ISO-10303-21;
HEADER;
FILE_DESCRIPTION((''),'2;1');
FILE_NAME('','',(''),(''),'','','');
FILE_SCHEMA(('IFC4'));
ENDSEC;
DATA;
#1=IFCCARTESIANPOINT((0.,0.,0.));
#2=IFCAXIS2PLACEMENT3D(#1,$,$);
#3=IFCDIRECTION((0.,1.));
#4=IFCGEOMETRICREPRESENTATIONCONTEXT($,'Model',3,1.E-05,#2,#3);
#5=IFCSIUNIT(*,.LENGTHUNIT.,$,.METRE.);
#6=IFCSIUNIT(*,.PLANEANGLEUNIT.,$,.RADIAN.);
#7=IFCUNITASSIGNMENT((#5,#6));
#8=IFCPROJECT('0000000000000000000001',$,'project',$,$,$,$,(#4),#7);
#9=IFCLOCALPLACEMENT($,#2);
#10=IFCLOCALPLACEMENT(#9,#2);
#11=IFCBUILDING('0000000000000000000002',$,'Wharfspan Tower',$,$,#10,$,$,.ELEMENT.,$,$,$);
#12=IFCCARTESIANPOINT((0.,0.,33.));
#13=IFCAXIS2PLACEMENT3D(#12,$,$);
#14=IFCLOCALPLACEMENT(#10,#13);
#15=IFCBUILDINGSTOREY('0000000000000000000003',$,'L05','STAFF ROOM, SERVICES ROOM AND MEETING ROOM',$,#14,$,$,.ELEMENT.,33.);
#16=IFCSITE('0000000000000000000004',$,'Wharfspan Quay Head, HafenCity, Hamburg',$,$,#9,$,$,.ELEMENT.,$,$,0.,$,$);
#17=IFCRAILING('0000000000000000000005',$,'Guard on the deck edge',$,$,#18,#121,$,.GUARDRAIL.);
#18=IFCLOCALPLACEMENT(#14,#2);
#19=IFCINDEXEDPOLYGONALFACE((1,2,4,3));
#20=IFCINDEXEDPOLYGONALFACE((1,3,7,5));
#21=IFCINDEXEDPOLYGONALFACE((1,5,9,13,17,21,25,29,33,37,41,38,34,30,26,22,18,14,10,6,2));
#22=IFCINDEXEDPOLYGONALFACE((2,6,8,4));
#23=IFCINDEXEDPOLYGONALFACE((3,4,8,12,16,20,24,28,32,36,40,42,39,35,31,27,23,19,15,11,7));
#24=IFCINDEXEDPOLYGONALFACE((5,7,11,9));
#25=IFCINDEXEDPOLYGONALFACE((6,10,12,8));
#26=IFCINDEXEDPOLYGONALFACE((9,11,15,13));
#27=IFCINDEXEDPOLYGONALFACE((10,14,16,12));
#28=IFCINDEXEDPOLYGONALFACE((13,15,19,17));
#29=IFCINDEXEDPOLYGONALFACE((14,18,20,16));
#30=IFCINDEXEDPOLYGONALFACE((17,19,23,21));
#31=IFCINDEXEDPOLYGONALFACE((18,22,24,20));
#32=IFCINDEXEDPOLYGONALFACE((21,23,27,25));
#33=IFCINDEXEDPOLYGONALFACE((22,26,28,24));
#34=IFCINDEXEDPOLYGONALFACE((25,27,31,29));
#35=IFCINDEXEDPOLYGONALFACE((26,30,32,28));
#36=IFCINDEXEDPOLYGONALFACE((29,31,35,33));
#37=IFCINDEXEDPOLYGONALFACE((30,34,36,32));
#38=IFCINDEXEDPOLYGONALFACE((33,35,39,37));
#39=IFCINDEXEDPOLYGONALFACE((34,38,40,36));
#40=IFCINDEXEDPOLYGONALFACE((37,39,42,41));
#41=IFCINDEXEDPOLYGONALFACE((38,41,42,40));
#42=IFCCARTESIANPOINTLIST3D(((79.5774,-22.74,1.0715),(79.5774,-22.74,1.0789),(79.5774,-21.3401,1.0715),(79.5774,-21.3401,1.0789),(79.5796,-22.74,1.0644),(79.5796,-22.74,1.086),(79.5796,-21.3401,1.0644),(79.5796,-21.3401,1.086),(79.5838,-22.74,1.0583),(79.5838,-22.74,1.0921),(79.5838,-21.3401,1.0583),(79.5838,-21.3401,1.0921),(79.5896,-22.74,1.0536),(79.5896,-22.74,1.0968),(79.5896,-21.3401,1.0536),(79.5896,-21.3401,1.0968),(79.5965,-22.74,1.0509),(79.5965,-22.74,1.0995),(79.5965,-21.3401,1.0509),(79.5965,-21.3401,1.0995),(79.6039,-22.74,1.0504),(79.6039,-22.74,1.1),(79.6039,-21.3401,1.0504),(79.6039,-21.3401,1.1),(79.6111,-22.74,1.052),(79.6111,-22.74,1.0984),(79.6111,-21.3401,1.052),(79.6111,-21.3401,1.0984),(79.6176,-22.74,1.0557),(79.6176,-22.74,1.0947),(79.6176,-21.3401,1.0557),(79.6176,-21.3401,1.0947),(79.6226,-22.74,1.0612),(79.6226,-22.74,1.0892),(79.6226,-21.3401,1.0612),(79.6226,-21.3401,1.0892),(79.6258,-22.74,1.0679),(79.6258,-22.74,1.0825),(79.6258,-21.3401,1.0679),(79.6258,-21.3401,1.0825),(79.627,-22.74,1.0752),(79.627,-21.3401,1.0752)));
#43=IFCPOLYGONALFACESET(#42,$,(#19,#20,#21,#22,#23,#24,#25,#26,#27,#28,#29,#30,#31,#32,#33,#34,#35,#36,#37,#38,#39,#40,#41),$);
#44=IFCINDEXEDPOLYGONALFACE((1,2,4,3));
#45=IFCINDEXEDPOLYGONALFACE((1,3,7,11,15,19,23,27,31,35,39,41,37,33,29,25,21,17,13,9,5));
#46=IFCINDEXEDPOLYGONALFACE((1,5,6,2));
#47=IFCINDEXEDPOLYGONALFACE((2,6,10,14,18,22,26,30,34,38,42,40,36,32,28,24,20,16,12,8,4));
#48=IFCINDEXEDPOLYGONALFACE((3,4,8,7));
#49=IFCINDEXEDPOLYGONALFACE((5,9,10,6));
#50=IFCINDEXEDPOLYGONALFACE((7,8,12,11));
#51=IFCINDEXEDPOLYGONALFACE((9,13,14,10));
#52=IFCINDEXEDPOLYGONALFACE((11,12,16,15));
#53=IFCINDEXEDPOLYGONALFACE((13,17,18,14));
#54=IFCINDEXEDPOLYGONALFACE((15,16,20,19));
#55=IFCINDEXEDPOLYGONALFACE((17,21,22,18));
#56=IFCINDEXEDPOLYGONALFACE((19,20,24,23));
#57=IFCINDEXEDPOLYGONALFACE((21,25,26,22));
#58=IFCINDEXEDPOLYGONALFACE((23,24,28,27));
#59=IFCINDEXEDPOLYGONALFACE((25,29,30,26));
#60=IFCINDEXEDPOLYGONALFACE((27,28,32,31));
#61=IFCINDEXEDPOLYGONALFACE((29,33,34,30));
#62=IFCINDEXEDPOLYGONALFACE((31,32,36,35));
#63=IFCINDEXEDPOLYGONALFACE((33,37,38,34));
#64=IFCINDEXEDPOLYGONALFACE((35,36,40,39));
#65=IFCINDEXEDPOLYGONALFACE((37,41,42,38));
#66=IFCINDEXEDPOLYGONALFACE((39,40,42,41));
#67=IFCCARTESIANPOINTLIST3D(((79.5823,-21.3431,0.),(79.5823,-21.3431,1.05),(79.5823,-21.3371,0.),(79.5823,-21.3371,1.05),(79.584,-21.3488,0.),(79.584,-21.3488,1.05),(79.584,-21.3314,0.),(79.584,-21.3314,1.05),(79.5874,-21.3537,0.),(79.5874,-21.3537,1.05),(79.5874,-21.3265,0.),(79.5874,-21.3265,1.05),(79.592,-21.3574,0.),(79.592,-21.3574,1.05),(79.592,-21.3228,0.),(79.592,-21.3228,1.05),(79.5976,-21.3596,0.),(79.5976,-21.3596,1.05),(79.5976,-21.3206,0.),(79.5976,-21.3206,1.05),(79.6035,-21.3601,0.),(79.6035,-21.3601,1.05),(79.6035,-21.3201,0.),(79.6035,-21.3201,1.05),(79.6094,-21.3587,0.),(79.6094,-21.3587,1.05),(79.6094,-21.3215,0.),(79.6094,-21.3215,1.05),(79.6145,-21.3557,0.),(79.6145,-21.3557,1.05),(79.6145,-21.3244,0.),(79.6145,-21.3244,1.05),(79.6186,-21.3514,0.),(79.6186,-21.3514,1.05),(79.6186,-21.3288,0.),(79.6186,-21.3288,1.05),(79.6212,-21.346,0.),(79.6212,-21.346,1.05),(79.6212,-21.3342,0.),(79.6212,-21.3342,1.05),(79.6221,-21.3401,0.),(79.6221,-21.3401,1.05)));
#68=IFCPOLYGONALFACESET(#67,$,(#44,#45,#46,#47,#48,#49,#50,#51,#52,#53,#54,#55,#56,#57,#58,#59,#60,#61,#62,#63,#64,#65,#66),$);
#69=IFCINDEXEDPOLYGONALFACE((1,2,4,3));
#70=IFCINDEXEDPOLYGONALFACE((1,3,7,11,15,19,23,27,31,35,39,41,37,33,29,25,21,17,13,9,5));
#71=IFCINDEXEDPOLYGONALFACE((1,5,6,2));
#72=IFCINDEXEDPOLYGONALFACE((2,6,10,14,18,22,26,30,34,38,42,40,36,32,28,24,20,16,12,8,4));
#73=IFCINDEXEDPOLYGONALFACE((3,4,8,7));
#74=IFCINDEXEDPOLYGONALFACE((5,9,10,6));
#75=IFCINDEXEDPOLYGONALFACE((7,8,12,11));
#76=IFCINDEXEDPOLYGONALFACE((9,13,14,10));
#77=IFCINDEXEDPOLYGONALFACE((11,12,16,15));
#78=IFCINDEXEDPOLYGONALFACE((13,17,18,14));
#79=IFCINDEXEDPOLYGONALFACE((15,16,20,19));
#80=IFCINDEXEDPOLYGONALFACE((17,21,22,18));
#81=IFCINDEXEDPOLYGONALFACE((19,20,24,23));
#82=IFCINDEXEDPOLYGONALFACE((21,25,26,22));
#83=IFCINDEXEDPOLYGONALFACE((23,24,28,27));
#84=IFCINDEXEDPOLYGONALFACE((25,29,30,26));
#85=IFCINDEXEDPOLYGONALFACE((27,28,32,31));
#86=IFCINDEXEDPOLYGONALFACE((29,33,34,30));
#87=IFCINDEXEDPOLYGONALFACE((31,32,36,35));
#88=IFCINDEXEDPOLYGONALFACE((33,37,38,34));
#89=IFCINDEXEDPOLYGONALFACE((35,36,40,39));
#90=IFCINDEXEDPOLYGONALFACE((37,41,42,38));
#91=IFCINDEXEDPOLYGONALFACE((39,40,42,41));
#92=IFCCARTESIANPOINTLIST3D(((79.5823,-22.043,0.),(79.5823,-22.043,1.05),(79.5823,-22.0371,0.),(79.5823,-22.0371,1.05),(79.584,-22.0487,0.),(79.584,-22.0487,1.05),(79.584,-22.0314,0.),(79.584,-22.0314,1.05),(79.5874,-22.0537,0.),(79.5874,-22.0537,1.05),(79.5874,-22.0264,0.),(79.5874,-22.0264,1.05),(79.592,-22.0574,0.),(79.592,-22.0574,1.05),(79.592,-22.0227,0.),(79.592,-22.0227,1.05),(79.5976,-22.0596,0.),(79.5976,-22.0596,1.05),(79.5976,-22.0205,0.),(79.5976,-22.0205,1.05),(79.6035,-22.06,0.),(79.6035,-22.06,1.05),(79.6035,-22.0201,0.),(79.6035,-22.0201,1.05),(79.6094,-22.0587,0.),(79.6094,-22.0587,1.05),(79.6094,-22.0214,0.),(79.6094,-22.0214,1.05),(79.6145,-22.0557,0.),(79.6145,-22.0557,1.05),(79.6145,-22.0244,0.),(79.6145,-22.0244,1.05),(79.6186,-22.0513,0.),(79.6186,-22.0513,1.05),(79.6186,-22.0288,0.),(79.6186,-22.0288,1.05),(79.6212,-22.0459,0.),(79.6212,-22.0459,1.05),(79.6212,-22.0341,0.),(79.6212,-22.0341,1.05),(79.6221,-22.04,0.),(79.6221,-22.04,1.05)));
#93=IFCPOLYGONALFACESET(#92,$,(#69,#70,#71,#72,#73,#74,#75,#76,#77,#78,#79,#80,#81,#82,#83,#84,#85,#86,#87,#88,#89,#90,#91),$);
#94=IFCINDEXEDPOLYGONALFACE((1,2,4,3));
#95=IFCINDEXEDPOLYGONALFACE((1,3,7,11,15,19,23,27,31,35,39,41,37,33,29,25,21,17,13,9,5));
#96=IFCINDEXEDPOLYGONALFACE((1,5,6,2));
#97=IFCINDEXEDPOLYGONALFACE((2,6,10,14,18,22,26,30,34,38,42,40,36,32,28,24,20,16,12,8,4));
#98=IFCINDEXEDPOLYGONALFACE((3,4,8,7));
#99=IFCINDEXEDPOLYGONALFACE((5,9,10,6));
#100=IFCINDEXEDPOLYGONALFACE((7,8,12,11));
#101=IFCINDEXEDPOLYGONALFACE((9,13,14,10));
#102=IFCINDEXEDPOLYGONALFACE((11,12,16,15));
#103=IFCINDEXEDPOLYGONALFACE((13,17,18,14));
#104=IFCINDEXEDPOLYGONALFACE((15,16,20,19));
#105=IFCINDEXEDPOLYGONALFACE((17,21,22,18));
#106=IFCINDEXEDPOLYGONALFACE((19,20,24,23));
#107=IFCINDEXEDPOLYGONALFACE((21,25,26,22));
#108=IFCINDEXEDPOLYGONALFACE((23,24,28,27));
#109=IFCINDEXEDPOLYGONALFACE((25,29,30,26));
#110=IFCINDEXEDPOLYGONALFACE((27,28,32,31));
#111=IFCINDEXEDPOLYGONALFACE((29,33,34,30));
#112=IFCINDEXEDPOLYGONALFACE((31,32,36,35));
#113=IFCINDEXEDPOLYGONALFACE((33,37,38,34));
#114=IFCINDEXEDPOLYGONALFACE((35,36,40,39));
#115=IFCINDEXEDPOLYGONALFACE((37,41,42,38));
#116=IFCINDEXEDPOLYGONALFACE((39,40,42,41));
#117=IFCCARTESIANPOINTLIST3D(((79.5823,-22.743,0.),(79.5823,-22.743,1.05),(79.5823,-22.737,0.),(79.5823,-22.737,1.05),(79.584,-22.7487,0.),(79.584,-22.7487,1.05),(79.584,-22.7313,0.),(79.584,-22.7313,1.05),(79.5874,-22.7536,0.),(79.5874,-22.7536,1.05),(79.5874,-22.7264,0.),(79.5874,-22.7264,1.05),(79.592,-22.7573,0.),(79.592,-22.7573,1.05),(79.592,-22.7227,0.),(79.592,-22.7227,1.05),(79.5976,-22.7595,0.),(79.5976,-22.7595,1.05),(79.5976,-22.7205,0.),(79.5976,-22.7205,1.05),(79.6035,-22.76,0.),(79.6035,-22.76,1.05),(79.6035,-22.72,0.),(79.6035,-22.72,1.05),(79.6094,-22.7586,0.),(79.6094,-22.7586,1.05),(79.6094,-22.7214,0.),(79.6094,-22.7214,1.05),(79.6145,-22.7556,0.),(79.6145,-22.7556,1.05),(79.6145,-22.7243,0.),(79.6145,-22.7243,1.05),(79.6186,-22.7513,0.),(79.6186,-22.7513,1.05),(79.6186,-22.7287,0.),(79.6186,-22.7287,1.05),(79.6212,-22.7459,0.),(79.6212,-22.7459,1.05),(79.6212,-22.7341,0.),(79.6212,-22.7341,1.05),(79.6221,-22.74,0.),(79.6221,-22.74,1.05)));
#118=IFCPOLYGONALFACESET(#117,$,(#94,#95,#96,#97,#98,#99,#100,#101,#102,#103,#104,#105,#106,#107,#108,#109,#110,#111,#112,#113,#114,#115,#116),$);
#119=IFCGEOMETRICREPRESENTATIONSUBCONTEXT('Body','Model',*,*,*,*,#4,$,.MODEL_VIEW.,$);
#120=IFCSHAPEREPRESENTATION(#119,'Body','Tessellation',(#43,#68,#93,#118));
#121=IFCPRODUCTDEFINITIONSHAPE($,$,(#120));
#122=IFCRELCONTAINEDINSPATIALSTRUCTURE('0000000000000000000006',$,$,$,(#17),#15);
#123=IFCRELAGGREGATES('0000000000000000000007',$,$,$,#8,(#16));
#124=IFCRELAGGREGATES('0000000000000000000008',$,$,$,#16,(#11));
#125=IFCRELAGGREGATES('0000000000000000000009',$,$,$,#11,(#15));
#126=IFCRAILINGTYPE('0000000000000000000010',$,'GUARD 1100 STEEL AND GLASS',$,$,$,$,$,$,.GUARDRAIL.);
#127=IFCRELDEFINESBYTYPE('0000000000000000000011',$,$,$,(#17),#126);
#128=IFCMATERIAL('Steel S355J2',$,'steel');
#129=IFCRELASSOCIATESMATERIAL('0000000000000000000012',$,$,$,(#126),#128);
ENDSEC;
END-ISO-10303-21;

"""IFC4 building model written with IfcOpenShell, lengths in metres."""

from ifc_helpers import new_model, si_unit, direction, frame, origin, origin_2d, place, context, subcontext, project, spatial, circle, extrude, material, type_object, element, save


model = new_model("IFC4")

# Units and contexts
model_context = context("Model", 3, precision=1e-05, world=origin(), true_north=direction((0.0, 1.0)))
body_context = subcontext(model_context, "Body", "Model", "MODEL_VIEW")
ifc_project = project(units=[si_unit("LENGTHUNIT", "METRE"), si_unit("PLANEANGLEUNIT", "RADIAN")], contexts=[model_context])

# Site, building, storey
site_placement = place(None, origin())
site = spatial("IfcSite", under=ifc_project, at=site_placement, Name="Wharfspan Quay Head, HafenCity, Hamburg", CompositionType="ELEMENT", RefElevation=0.0)
building_placement = place(site_placement, origin())
building = spatial("IfcBuilding", under=site, at=building_placement, Name="Wharfspan Tower", CompositionType="ELEMENT")
storey_placement = place(building_placement, frame((0.0, 0.0, 33.0)))
storey = spatial("IfcBuildingStorey", under=building, at=storey_placement, Name="L05", Description="STAFF ROOM, SERVICES ROOM AND MEETING ROOM", CompositionType="ELEMENT", Elevation=33.0)

# Railing
ifc_material_1 = material(Name="Steel S355J2", Category="steel")
railing_type = type_object("IfcRailingType", Name="GUARD 1100 STEEL AND GLASS", PredefinedType="GUARDRAIL", material=ifc_material_1)
railing_1_placement = place(storey_placement, frame((79.6021, -21.3401, 0.0)))
element("IfcRailing", 1, at=railing_1_placement, inside=storey, type_object=railing_type, Name="Guard on the deck edge", PredefinedType="GUARDRAIL", context=body_context, shape_type="SweptSolid", body=[
    extrude(circle(Radius=0.0249, at=origin_2d()), frame((0.0, 0.0, 1.0752), z_axis=(0.0, -1.0, 0.0), x_axis=(1.0, 0.0, 0.0)), (0.0, 0.0, 1.0), 1.3999),
    extrude(circle(Radius=0.02, at=origin_2d()), origin(), (0.0, 0.0, 1.0), 1.05),
    extrude(circle(Radius=0.02, at=origin_2d()), frame((0.0, -0.7, 0.0)), (0.0, 0.0, 1.0), 1.05),
    extrude(circle(Radius=0.02, at=origin_2d()), frame((0.0, -1.3999, 0.0)), (0.0, 0.0, 1.0), 1.05),
])

save(model, "model.ifc")
